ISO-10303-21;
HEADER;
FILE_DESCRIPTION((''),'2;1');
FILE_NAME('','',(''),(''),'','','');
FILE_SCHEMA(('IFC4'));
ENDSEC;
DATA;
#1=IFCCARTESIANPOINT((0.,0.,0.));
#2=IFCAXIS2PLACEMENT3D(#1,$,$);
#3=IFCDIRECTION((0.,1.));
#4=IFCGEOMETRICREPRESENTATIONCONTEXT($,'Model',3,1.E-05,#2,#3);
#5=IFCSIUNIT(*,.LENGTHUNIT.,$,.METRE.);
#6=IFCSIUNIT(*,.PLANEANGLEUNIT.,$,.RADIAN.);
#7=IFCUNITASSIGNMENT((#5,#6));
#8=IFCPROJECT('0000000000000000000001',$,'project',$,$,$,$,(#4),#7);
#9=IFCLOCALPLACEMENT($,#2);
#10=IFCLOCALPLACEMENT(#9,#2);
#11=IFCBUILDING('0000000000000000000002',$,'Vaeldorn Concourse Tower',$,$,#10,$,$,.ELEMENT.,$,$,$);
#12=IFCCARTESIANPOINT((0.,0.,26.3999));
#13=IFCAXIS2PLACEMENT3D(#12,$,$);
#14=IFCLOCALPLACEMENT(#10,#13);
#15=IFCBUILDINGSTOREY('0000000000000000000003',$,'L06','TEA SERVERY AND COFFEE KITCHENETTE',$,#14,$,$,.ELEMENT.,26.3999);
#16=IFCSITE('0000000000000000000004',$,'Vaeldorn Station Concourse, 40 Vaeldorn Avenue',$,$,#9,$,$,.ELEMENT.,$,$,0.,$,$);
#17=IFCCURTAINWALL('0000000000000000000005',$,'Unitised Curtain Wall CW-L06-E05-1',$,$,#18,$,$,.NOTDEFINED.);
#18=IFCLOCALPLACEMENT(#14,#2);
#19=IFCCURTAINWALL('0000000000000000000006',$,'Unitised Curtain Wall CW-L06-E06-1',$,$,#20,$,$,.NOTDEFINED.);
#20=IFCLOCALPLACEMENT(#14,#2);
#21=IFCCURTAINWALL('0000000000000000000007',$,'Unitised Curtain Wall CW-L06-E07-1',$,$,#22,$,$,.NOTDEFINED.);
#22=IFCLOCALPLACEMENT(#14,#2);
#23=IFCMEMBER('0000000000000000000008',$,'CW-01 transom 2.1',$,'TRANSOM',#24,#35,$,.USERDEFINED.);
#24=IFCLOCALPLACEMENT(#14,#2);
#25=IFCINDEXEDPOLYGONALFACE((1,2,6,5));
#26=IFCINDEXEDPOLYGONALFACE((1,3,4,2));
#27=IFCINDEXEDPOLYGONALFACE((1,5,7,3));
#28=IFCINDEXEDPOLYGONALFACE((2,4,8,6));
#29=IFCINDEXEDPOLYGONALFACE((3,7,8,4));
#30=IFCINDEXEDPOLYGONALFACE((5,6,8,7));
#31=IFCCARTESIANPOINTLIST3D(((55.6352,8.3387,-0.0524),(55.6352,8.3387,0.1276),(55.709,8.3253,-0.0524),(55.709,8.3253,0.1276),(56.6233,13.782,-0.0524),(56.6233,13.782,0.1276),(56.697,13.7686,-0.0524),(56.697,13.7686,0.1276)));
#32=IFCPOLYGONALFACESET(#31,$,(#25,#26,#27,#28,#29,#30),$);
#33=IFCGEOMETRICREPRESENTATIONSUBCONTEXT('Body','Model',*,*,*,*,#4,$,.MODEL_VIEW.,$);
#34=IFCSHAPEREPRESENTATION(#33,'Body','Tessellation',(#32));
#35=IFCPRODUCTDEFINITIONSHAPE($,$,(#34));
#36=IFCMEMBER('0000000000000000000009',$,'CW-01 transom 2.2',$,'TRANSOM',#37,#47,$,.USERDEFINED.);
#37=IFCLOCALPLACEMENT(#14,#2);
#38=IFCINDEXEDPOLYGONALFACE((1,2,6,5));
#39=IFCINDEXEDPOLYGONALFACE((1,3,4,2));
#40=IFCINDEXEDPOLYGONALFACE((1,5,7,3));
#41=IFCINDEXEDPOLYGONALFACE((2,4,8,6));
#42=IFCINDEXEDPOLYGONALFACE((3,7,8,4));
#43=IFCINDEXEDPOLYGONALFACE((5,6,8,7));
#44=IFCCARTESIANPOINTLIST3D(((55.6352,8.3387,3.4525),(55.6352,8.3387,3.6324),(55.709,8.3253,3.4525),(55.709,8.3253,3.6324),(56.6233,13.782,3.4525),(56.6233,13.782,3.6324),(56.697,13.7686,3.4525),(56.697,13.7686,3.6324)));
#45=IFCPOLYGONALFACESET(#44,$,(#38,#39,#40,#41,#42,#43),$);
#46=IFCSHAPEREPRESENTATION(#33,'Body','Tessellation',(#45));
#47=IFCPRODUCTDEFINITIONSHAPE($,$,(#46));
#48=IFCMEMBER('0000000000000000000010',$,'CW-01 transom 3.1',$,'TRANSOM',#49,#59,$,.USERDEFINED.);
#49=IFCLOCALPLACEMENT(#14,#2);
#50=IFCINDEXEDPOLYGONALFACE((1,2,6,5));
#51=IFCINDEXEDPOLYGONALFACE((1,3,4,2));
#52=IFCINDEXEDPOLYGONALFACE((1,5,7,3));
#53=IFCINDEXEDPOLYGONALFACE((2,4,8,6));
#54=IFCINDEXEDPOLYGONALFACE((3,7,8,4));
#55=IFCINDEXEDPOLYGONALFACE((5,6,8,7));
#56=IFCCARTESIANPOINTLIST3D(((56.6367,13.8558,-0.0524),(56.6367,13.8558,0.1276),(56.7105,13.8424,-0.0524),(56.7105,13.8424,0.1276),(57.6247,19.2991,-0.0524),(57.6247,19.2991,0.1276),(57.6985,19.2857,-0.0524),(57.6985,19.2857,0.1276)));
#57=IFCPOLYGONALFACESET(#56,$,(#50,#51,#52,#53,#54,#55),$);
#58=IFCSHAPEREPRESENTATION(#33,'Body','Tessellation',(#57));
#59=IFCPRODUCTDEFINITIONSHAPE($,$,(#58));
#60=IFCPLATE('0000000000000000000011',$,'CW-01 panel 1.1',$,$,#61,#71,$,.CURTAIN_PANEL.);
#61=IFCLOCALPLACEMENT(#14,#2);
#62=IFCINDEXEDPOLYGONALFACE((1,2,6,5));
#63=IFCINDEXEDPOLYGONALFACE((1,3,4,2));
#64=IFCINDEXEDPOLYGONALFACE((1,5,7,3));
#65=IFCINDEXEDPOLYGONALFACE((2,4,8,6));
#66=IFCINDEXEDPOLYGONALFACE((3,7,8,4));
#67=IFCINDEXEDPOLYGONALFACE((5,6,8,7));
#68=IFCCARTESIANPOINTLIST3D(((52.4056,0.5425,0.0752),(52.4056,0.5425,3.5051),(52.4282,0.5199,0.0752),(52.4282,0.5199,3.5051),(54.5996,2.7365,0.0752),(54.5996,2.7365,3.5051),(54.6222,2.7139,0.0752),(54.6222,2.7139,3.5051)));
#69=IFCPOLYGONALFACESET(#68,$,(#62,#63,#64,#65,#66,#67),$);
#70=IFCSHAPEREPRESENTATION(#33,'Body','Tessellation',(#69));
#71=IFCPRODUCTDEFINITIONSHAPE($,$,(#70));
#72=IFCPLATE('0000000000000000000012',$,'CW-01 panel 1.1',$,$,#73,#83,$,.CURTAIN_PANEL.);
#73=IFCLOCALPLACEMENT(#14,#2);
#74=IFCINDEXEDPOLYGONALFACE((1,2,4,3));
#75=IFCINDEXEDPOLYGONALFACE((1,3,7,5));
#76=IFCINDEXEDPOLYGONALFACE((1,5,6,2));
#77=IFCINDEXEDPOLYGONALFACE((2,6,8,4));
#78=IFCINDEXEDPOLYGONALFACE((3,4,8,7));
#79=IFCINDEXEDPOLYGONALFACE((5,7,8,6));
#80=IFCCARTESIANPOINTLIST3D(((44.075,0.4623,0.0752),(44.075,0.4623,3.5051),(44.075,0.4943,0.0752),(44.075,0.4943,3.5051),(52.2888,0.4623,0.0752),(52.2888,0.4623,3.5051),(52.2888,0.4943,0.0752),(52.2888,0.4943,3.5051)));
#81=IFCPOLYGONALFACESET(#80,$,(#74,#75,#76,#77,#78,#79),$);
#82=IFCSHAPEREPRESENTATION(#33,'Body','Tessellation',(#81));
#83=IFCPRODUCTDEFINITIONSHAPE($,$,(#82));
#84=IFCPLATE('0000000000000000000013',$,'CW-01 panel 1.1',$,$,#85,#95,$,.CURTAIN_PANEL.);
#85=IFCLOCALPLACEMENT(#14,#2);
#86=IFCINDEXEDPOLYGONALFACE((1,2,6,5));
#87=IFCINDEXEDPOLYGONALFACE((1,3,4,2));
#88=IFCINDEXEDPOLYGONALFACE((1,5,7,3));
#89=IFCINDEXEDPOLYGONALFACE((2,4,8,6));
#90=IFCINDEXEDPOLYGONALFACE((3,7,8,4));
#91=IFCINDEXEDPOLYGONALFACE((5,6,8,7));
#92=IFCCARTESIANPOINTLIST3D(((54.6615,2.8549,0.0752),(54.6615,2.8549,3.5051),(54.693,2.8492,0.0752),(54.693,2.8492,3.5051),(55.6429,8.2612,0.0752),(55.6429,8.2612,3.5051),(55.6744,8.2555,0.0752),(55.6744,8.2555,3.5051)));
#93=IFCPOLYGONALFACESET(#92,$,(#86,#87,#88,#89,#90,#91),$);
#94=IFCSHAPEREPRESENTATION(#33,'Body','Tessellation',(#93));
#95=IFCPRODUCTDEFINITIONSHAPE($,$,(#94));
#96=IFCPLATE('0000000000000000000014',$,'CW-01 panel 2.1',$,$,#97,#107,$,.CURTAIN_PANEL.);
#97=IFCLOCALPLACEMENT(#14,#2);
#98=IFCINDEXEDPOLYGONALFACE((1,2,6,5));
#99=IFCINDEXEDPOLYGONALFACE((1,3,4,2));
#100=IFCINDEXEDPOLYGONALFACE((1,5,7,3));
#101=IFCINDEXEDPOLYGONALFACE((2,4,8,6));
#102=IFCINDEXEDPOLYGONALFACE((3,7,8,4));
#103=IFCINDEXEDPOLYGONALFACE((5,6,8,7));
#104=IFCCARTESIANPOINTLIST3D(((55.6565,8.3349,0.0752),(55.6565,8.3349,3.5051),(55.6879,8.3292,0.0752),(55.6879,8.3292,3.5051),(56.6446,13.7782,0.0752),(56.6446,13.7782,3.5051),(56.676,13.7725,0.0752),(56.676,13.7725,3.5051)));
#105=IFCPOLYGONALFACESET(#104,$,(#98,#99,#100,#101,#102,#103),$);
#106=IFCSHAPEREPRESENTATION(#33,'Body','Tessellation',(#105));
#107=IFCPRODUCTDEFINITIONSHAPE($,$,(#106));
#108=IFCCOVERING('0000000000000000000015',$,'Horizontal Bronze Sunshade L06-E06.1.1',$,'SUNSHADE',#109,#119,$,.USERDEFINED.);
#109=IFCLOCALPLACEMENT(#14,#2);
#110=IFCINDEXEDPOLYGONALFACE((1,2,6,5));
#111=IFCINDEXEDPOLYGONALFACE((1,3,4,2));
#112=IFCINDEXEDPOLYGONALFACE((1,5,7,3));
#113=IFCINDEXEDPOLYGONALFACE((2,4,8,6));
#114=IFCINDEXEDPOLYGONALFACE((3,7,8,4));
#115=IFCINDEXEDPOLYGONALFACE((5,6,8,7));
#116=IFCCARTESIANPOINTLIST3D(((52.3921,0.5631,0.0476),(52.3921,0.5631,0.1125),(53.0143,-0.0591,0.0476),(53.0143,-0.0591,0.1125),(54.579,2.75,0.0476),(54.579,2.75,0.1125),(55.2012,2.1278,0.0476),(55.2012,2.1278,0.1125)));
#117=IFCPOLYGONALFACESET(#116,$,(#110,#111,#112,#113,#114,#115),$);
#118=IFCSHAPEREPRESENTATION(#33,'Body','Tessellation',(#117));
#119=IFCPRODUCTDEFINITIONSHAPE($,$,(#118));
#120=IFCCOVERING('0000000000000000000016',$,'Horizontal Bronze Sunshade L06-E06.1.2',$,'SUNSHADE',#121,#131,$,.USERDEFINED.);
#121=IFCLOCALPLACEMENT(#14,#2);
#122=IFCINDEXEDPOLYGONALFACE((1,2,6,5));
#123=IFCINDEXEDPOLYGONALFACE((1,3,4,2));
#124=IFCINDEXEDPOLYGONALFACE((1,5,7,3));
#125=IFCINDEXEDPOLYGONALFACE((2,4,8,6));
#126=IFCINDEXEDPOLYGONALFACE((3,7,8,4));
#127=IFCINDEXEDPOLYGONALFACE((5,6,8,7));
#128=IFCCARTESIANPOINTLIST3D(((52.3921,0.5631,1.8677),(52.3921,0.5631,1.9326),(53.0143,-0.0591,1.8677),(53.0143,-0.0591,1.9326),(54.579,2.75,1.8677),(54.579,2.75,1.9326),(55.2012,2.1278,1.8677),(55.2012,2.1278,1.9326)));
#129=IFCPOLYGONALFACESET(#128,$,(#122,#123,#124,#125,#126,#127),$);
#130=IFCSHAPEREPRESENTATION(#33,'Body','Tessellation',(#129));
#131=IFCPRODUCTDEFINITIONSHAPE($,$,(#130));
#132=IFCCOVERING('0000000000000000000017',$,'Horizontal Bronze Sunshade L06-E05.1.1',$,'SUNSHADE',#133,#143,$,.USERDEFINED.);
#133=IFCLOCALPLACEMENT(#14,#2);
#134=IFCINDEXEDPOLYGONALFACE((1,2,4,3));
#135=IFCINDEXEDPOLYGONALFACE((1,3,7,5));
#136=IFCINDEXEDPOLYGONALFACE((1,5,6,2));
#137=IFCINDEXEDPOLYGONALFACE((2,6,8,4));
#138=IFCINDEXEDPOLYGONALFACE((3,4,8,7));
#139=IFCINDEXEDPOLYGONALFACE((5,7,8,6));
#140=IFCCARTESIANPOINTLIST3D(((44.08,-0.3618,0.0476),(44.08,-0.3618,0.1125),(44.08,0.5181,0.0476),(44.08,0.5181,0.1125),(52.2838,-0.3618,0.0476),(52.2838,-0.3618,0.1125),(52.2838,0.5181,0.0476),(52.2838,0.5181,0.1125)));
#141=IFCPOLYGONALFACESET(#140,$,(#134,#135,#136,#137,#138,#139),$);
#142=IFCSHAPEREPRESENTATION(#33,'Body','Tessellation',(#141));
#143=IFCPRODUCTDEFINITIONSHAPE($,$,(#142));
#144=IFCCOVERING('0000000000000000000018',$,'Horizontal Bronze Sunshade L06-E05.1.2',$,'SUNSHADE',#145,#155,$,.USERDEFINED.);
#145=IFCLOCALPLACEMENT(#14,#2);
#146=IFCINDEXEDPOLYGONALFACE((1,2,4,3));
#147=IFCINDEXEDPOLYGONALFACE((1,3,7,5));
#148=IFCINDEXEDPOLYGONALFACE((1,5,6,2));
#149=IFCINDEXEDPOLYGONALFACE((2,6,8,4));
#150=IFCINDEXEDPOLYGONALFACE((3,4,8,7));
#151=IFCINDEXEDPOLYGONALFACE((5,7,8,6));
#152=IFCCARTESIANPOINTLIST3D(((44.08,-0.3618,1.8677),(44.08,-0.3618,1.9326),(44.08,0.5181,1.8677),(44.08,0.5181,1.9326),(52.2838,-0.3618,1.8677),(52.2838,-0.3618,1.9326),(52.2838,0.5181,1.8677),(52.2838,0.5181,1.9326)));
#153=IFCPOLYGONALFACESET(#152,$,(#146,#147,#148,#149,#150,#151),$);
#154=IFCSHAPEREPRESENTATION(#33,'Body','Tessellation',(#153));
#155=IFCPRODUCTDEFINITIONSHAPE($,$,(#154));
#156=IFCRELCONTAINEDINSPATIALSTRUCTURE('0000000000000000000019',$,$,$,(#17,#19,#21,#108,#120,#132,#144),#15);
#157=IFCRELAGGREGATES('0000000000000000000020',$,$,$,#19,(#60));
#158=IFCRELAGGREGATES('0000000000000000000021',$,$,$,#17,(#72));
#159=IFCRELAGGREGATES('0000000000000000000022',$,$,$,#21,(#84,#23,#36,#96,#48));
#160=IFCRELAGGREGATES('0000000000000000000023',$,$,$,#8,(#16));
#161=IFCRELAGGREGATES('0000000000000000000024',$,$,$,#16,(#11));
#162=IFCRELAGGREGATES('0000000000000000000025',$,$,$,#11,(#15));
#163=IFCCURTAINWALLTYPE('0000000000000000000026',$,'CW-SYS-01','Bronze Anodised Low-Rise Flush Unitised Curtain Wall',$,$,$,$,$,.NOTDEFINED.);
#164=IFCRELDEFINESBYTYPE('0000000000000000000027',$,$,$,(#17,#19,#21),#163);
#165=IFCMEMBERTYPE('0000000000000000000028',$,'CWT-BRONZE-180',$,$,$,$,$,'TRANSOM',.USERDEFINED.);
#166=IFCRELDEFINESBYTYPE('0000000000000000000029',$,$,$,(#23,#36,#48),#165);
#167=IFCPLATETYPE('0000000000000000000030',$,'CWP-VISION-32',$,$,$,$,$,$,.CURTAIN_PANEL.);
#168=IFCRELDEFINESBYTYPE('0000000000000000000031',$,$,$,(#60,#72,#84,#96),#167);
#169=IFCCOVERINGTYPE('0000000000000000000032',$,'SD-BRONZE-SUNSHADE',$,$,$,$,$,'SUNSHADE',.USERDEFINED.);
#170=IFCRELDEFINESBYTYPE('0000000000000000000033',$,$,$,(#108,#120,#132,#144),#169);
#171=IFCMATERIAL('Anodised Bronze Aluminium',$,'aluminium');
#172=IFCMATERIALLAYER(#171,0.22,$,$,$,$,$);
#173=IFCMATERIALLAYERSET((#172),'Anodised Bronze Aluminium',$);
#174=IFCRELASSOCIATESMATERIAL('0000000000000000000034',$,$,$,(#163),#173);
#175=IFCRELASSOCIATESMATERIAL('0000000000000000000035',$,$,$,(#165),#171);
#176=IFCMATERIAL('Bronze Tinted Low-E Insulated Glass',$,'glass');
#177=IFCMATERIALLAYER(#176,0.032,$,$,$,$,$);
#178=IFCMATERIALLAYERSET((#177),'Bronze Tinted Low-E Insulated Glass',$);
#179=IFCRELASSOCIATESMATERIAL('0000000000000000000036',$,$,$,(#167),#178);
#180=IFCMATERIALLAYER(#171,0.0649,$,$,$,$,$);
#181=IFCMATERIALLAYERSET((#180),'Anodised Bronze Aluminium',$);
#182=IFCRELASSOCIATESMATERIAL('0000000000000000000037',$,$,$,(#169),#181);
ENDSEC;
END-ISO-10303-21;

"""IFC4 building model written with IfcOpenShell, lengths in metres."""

from ifc_helpers import new_model, si_unit, direction, frame, origin, origin_2d, place, context, subcontext, project, spatial, rectangle, extrude, source, transform, mapped, material, layer, layer_set, material_profile, profile_set, type_object, element, aggregate, save


model = new_model("IFC4")

# Units and contexts
model_context = context("Model", 3, precision=1e-05, world=origin(), true_north=direction((0.0, 1.0)))
body_context = subcontext(model_context, "Body", "Model", "MODEL_VIEW")
ifc_project = project(units=[si_unit("LENGTHUNIT", "METRE"), si_unit("PLANEANGLEUNIT", "RADIAN")], contexts=[model_context])

# Site, building, storey
site_placement = place(None, origin())
site = spatial("IfcSite", under=ifc_project, at=site_placement, Name="Vaeldorn Station Concourse, 40 Vaeldorn Avenue", CompositionType="ELEMENT", RefElevation=0.0)
building_placement = place(site_placement, origin())
building = spatial("IfcBuilding", under=site, at=building_placement, Name="Vaeldorn Concourse Tower", CompositionType="ELEMENT")
storey_placement = place(building_placement, frame((0.0, 0.0, 26.3999)))
storey = spatial("IfcBuildingStorey", under=building, at=storey_placement, Name="L06", Description="TEA SERVERY AND COFFEE KITCHENETTE", CompositionType="ELEMENT", Elevation=26.3999)

# Curtain wall
ifc_material_1 = material(Name="Anodised Bronze Aluminium", Category="aluminium")
ifc_layer_1 = layer(ifc_material_1, 0.22)
ifc_layer_set_1 = layer_set([ifc_layer_1], Name="Anodised Bronze Aluminium")
curtain_wall_type = type_object("IfcCurtainWallType", Name="CW-SYS-01", Description="Bronze Anodised Low-Rise Flush Unitised Curtain Wall", PredefinedType="NOTDEFINED", material=ifc_layer_set_1)
curtain_wall_1_placement = place(storey_placement, origin())
curtain_wall_1 = element("IfcCurtainWall", 1, at=curtain_wall_1_placement, inside=storey, type_object=curtain_wall_type, Name="Unitised Curtain Wall CW-L06-E05-1", PredefinedType="NOTDEFINED")

# Curtain walls
curtain_wall_2_placement = place(storey_placement, origin())
curtain_wall_2 = element("IfcCurtainWall", 2, at=curtain_wall_2_placement, inside=storey, type_object=curtain_wall_type, Name="Unitised Curtain Wall CW-L06-E06-1", PredefinedType="NOTDEFINED")
curtain_wall_3_placement = place(storey_placement, origin())
curtain_wall_3 = element("IfcCurtainWall", 3, at=curtain_wall_3_placement, inside=storey, type_object=curtain_wall_type, Name="Unitised Curtain Wall CW-L06-E07-1", PredefinedType="NOTDEFINED")

# Members
ifc_material_profile_1 = material_profile(ifc_material_1, rectangle(XDim=0.075, YDim=0.1799, at=origin_2d()), Name="CWT 75x180")
ifc_profile_set_1 = profile_set([ifc_material_profile_1], Name="Anodised Bronze Aluminium")
member_type_1 = type_object("IfcMemberType", Name="CWT-BRONZE-180", ElementType="TRANSOM", PredefinedType="USERDEFINED", material=ifc_profile_set_1)
shared_shape_1 = source(origin(), body_context, "Body", "SweptSolid", [
    extrude(rectangle(XDim=0.075, YDim=0.1799, at=origin_2d()), origin(), (0.0, 0.0, 1.0), 5.5322),
])
member_1_placement = place(storey_placement, frame((55.6721, 8.332, 0.0376), z_axis=(0.178594, 0.983923, 0.0), x_axis=(-0.983923, 0.178594, 0.0)))
member_1 = element("IfcMember", 4, at=member_1_placement, type_object=member_type_1, Name="CW-01 transom 2.1", ObjectType="TRANSOM", PredefinedType="USERDEFINED", context=body_context, shape_type="MappedRepresentation", body=[
    mapped(shared_shape_1, transform((0.0, 0.0, 0.0), scale=1.0)),
])
member_2_placement = place(storey_placement, frame((55.6721, 8.332, 3.5425), z_axis=(0.178594, 0.983923, 0.0), x_axis=(-0.983923, 0.178594, 0.0)))
member_2 = element("IfcMember", 5, at=member_2_placement, type_object=member_type_1, Name="CW-01 transom 2.2", ObjectType="TRANSOM", PredefinedType="USERDEFINED", context=body_context, shape_type="MappedRepresentation", body=[
    mapped(shared_shape_1, transform((0.0, 0.0, 0.0), scale=1.0)),
])
member_3_placement = place(storey_placement, frame((56.6736, 13.8491, 0.0376), z_axis=(0.178594, 0.983923, 0.0), x_axis=(-0.983923, 0.178594, 0.0)))
member_3 = element("IfcMember", 6, at=member_3_placement, type_object=member_type_1, Name="CW-01 transom 3.1", ObjectType="TRANSOM", PredefinedType="USERDEFINED", context=body_context, shape_type="MappedRepresentation", body=[
    mapped(shared_shape_1, transform((0.0, 0.0, 0.0), scale=1.0)),
])

# Plates
ifc_material_2 = material(Name="Bronze Tinted Low-E Insulated Glass", Category="glass")
ifc_layer_2 = layer(ifc_material_2, 0.032)
ifc_layer_set_2 = layer_set([ifc_layer_2], Name="Bronze Tinted Low-E Insulated Glass")
plate_type = type_object("IfcPlateType", Name="CWP-VISION-32", PredefinedType="CURTAIN_PANEL", material=ifc_layer_set_2)
shared_shape_2 = source(origin(), body_context, "Body", "SweptSolid", [
    extrude(rectangle(XDim=3.1028, YDim=0.032, at=origin_2d()), origin(), (0.0, 0.0, 1.0), 3.4299),
])
plate_1_placement = place(storey_placement, frame((53.5139, 1.6282, 0.0752), z_axis=(0.0, 0.0, 1.0), x_axis=(0.707107, 0.707107, 0.0)))
plate_1 = element("IfcPlate", 7, at=plate_1_placement, type_object=plate_type, Name="CW-01 panel 1.1", PredefinedType="CURTAIN_PANEL", context=body_context, shape_type="MappedRepresentation", body=[
    mapped(shared_shape_2, transform((0.0, 0.0, 0.0), scale=1.0)),
])
aggregate(curtain_wall_2, [plate_1])
shared_shape_3 = source(origin(), body_context, "Body", "SweptSolid", [
    extrude(rectangle(XDim=8.2139, YDim=0.032, at=origin_2d()), origin(), (0.0, 0.0, 1.0), 3.4299),
])
plate_2_placement = place(storey_placement, frame((48.1819, 0.4783, 0.0752), z_axis=(0.0, 0.0, 1.0), x_axis=(1.0, 0.0, 0.0)))
plate_2 = element("IfcPlate", 8, at=plate_2_placement, type_object=plate_type, Name="CW-01 panel 1.1", PredefinedType="CURTAIN_PANEL", context=body_context, shape_type="MappedRepresentation", body=[
    mapped(shared_shape_3, transform((0.0, 0.0, 0.0), scale=1.0)),
])
aggregate(curtain_wall_1, [plate_2])
shared_shape_4 = source(origin(), body_context, "Body", "SweptSolid", [
    extrude(rectangle(XDim=5.4946, YDim=0.032, at=origin_2d()), origin(), (0.0, 0.0, 1.0), 3.4299),
])
plate_3_placement = place(storey_placement, frame((55.168, 5.5552, 0.0752), z_axis=(0.0, 0.0, 1.0), x_axis=(0.178609, 0.98392, 0.0)))
plate_3 = element("IfcPlate", 9, at=plate_3_placement, type_object=plate_type, Name="CW-01 panel 1.1", PredefinedType="CURTAIN_PANEL", context=body_context, shape_type="MappedRepresentation", body=[
    mapped(shared_shape_4, transform((0.0, 0.0, 0.0), scale=1.0)),
])
shared_shape_5 = source(origin(), body_context, "Body", "SweptSolid", [
    extrude(rectangle(XDim=5.5322, YDim=0.032, at=origin_2d()), origin(), (0.0, 0.0, 1.0), 3.4299),
])
plate_4_placement = place(storey_placement, frame((56.1663, 11.0537, 0.0752), z_axis=(0.0, 0.0, 1.0), x_axis=(0.178609, 0.98392, 0.0)))
plate_4 = element("IfcPlate", 10, at=plate_4_placement, type_object=plate_type, Name="CW-01 panel 2.1", PredefinedType="CURTAIN_PANEL", context=body_context, shape_type="MappedRepresentation", body=[
    mapped(shared_shape_5, transform((0.0, 0.0, 0.0), scale=1.0)),
])
aggregate(curtain_wall_3, [plate_3, member_1, member_2, plate_4, member_3])

# Coverings
ifc_layer_3 = layer(ifc_material_1, 0.0649)
ifc_layer_set_3 = layer_set([ifc_layer_3], Name="Anodised Bronze Aluminium")
covering_type = type_object("IfcCoveringType", Name="SD-BRONZE-SUNSHADE", ElementType="SUNSHADE", PredefinedType="USERDEFINED", material=ifc_layer_set_3)
shared_shape_6 = source(origin(), body_context, "Body", "SweptSolid", [
    extrude(rectangle(XDim=3.0928, YDim=0.8799, at=origin_2d()), origin(), (0.0, 0.0, 1.0), 0.0649),
])
for number, where, z_axis, x_axis, name in (
    (11, (53.7966, 1.3455, 0.0476), (0.0, 0.0, 1.0), (0.707107, 0.707107, 0.0), "Horizontal Bronze Sunshade L06-E06.1.1"),
    (12, (53.7966, 1.3455, 1.8677), (0.0, 0.0, 1.0), (0.707107, 0.707107, 0.0), "Horizontal Bronze Sunshade L06-E06.1.2"),
):
    element("IfcCovering", number, at=place(storey_placement, frame(where, z_axis=z_axis, x_axis=x_axis)), inside=storey, type_object=covering_type, Name=name, ObjectType="SUNSHADE", PredefinedType="USERDEFINED", context=body_context, shape_type="MappedRepresentation", body=[
        mapped(shared_shape_6, transform((0.0, 0.0, 0.0), scale=1.0)),
    ])
shared_shape_7 = source(origin(), body_context, "Body", "SweptSolid", [
    extrude(rectangle(XDim=8.2039, YDim=0.8799, at=origin_2d()), origin(), (0.0, 0.0, 1.0), 0.0649),
])
for number, where, z_axis, x_axis, name in (
    (13, (48.1819, 0.0781, 0.0476), (0.0, 0.0, 1.0), (1.0, 0.0, 0.0), "Horizontal Bronze Sunshade L06-E05.1.1"),
    (14, (48.1819, 0.0781, 1.8677), (0.0, 0.0, 1.0), (1.0, 0.0, 0.0), "Horizontal Bronze Sunshade L06-E05.1.2"),
):
    element("IfcCovering", number, at=place(storey_placement, frame(where, z_axis=z_axis, x_axis=x_axis)), inside=storey, type_object=covering_type, Name=name, ObjectType="SUNSHADE", PredefinedType="USERDEFINED", context=body_context, shape_type="MappedRepresentation", body=[
        mapped(shared_shape_7, transform((0.0, 0.0, 0.0), scale=1.0)),
    ])

save(model, "model.ifc")
